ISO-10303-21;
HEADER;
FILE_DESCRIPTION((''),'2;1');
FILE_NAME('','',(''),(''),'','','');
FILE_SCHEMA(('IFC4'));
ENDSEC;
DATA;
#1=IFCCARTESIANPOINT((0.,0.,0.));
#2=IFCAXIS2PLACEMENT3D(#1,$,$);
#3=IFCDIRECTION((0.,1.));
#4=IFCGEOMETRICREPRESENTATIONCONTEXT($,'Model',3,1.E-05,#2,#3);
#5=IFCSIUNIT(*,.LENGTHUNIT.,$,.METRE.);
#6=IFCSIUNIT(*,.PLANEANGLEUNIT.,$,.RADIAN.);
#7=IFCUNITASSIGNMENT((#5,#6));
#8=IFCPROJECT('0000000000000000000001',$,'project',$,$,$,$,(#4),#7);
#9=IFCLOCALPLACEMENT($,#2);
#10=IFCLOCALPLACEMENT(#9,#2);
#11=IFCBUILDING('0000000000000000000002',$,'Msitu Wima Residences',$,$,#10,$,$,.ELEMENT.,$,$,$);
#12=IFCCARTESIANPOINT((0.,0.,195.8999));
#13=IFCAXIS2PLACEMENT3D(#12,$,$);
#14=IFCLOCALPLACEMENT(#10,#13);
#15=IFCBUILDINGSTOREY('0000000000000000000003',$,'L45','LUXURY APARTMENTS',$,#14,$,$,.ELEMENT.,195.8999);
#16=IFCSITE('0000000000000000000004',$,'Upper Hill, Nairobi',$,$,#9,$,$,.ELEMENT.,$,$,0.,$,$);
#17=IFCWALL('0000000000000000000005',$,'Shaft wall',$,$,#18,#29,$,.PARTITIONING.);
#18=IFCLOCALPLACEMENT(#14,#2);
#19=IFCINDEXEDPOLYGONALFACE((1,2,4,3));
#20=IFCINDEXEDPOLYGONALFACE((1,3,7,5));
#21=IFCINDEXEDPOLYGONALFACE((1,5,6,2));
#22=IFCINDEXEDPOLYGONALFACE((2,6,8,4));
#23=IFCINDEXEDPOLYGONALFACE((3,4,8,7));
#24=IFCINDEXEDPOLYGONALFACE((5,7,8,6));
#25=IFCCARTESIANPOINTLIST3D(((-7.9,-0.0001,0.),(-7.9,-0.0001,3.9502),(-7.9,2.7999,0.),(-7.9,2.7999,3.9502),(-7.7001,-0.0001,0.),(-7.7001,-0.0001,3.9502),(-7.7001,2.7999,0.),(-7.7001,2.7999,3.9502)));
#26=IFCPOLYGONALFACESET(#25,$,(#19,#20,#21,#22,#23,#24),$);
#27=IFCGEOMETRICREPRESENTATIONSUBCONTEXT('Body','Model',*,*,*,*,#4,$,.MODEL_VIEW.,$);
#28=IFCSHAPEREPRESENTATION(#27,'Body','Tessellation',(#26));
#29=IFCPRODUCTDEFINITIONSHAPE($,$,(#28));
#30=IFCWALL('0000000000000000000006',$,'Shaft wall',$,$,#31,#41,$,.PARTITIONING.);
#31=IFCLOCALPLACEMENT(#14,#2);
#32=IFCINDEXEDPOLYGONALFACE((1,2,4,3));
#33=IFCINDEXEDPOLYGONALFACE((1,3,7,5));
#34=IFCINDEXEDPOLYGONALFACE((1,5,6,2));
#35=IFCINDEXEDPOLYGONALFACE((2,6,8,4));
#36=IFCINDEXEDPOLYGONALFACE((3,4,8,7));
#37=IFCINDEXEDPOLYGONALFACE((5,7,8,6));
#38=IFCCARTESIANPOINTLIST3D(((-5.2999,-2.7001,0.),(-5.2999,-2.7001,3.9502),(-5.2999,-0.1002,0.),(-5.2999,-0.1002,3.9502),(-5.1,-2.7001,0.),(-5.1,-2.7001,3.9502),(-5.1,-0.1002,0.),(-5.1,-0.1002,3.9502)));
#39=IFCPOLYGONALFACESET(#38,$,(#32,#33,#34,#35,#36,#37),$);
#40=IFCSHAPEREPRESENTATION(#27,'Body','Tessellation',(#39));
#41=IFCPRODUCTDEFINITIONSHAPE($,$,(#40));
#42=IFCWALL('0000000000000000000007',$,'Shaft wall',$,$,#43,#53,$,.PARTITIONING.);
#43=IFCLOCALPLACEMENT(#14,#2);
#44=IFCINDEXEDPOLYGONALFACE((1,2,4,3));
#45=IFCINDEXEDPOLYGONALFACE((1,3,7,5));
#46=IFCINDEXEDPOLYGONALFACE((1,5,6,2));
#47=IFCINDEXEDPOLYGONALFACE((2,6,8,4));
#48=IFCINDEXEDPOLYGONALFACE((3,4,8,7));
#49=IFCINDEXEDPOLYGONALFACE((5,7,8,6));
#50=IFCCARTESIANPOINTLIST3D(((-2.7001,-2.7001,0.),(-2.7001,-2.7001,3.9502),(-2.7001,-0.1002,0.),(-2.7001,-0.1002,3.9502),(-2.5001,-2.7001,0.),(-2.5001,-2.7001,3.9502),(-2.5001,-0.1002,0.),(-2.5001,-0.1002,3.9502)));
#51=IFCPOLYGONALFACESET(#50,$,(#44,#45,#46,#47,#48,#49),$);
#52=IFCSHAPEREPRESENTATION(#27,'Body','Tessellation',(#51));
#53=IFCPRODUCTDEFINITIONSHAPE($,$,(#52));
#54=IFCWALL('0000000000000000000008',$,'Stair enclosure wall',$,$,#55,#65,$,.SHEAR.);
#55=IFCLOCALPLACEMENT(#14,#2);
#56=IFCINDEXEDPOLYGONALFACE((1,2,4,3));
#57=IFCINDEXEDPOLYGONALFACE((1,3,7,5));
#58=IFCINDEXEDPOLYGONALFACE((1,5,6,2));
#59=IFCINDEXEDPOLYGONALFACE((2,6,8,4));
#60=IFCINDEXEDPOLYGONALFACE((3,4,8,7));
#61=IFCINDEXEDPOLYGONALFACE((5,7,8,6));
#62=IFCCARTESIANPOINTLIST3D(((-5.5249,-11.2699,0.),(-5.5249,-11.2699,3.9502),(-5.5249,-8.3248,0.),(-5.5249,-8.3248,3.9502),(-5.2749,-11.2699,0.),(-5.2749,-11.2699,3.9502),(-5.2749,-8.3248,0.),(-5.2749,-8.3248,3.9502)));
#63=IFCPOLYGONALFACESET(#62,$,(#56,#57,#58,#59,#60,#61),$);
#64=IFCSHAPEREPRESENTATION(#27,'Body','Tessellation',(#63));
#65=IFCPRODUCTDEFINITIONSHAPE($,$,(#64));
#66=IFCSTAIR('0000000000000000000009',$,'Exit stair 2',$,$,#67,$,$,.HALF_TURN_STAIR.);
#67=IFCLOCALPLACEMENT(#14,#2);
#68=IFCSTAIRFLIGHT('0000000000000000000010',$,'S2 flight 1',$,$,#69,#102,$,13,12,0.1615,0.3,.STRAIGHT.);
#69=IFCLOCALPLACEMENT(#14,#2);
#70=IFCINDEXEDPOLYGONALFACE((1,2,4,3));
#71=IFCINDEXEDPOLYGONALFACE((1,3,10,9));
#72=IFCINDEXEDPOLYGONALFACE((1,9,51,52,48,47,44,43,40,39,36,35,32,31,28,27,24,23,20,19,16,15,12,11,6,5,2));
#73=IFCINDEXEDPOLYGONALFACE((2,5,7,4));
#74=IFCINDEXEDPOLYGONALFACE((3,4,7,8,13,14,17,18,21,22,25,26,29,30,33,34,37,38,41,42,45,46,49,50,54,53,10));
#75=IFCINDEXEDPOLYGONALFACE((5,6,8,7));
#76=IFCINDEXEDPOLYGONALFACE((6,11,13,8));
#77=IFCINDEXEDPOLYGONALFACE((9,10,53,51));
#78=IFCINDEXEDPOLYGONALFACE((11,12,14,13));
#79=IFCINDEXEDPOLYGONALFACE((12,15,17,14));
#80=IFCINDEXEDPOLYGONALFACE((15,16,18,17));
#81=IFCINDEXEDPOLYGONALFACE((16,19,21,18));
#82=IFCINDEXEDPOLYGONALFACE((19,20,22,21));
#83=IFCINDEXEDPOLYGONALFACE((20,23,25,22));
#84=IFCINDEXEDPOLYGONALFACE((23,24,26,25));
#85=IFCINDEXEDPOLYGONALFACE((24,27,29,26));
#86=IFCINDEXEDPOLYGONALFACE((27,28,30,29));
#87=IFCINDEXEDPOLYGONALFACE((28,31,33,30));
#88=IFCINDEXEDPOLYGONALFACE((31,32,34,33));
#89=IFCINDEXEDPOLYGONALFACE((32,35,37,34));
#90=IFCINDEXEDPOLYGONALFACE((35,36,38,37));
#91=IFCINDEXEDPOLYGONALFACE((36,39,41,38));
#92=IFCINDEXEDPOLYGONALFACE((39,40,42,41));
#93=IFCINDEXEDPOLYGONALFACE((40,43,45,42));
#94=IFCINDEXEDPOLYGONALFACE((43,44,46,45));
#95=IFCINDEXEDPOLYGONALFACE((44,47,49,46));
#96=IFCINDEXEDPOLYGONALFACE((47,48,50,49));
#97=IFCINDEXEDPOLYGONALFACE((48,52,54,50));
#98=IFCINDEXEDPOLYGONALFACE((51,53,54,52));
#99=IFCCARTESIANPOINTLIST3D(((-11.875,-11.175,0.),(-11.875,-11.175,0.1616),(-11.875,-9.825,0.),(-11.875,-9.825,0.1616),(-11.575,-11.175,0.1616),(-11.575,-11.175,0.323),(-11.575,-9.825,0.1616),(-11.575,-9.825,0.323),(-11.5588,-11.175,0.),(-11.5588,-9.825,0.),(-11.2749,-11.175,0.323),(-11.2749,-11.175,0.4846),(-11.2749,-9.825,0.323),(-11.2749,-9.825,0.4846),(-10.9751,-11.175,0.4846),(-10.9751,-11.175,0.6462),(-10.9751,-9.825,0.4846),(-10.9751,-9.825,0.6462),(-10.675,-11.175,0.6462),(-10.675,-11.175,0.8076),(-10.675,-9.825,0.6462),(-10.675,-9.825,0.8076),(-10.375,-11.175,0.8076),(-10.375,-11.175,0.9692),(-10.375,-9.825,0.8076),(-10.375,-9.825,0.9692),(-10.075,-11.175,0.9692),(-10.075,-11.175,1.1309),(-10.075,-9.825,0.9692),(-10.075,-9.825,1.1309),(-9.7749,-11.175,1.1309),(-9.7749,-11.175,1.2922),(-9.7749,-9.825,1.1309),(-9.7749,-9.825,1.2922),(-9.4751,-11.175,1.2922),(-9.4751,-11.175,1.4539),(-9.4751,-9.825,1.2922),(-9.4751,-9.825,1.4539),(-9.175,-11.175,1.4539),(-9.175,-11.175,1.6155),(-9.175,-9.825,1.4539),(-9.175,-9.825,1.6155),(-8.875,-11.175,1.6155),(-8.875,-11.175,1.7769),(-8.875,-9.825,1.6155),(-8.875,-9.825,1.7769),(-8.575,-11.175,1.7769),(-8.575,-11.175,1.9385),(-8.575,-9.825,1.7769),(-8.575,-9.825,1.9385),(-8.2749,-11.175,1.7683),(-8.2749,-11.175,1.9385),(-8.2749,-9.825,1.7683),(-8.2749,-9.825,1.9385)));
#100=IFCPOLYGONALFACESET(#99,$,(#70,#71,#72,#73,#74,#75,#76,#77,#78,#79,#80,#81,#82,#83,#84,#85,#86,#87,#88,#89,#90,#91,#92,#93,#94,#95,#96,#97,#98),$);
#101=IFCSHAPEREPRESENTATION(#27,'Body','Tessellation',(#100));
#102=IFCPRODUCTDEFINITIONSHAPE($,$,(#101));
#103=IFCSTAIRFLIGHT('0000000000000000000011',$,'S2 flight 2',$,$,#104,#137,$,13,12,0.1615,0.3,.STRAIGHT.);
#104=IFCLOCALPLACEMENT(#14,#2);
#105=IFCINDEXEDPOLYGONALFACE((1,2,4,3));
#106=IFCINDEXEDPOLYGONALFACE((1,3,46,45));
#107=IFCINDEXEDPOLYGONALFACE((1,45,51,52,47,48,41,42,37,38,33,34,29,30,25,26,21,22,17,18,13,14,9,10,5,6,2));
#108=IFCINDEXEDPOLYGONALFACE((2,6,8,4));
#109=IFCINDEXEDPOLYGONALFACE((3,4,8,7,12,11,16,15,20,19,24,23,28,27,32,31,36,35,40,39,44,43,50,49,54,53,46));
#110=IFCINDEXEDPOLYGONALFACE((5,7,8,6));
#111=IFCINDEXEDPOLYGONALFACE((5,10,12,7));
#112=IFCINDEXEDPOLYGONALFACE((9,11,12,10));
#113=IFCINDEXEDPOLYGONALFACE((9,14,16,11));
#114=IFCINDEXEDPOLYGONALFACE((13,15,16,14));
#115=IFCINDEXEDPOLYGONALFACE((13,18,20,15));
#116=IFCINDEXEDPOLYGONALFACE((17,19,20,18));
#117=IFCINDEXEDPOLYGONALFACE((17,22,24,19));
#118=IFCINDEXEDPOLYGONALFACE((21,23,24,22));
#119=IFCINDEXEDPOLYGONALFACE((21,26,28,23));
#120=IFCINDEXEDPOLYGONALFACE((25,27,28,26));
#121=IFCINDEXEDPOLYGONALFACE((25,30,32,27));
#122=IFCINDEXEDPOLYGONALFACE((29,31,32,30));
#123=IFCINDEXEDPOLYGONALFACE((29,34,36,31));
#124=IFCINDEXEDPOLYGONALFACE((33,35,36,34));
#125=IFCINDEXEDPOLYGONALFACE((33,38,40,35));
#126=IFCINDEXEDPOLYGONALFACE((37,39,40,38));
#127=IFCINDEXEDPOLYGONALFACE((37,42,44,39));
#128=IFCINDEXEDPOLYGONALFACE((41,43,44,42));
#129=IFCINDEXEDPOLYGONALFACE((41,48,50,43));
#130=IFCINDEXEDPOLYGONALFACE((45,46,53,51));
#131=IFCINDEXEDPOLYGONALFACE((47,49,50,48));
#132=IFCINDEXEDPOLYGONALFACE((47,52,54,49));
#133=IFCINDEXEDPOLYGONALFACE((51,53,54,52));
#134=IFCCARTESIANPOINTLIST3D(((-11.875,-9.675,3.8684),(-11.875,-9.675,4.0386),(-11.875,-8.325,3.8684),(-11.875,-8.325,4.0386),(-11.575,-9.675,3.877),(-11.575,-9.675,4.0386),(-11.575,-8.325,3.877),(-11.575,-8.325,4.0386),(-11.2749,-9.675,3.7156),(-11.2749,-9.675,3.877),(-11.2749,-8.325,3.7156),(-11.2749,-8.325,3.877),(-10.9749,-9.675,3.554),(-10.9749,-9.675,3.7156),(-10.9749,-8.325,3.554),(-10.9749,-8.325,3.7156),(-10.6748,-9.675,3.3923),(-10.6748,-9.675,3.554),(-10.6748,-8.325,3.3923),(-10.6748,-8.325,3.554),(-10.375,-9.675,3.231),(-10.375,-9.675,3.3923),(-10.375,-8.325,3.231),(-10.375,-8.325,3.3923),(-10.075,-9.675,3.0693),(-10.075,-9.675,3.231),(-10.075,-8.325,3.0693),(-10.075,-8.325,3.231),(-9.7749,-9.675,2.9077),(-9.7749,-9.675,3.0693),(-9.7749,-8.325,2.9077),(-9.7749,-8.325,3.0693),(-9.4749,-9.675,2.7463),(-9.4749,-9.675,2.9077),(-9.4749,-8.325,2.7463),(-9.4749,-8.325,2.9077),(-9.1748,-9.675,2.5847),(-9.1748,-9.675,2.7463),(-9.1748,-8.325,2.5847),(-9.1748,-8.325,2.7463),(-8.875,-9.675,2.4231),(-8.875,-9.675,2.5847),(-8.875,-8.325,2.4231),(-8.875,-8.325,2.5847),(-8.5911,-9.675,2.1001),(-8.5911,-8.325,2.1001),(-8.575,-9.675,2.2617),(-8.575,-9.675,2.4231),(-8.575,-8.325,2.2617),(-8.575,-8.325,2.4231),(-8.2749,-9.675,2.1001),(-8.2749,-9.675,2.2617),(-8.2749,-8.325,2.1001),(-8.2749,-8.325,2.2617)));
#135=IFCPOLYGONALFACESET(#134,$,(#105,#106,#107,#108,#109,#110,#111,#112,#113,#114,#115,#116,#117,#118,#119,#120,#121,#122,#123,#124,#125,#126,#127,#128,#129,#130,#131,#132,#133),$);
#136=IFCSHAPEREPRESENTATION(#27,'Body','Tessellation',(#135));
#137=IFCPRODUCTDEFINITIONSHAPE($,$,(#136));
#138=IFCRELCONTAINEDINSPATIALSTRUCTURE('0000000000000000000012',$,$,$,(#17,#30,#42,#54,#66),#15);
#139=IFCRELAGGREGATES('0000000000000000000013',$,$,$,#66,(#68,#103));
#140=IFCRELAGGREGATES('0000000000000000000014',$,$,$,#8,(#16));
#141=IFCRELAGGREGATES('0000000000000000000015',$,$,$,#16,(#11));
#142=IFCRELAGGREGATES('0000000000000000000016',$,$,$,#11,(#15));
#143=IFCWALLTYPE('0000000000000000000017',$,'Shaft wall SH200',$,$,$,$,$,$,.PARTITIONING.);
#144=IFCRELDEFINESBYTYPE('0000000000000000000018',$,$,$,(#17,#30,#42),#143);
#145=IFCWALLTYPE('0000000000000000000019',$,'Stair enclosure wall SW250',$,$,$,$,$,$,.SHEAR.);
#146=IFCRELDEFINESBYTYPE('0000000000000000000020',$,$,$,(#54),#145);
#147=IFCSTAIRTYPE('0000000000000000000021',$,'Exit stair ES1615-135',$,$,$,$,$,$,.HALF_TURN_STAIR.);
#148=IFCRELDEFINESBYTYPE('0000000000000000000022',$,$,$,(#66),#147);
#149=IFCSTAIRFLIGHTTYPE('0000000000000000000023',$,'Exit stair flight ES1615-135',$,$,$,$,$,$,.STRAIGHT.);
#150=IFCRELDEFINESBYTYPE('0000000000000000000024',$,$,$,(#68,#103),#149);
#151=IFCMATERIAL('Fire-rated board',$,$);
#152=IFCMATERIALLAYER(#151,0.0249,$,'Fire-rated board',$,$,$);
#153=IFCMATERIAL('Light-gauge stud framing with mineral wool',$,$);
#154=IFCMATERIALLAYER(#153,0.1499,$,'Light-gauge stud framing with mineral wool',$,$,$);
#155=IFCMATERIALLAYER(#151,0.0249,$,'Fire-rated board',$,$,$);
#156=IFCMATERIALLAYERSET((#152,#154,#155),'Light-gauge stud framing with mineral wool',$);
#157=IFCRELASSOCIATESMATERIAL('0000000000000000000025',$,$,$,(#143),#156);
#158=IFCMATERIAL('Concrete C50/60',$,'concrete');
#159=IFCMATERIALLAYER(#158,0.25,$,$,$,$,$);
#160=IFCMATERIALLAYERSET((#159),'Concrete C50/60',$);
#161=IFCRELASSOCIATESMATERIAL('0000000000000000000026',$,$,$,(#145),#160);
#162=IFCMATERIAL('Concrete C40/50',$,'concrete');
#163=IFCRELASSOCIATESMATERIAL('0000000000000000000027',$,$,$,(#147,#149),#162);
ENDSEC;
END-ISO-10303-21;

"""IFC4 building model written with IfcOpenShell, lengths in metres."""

from ifc_helpers import new_model, si_unit, direction, frame, frame_2d, origin, place, context, subcontext, project, spatial, polyline, rectangle, outline, extrude, material, layer, layer_set, type_object, element, aggregate, save


model = new_model("IFC4")

# Units and contexts
model_context = context("Model", 3, precision=1e-05, world=origin(), true_north=direction((0.0, 1.0)))
body_context = subcontext(model_context, "Body", "Model", "MODEL_VIEW")
ifc_project = project(units=[si_unit("LENGTHUNIT", "METRE"), si_unit("PLANEANGLEUNIT", "RADIAN")], contexts=[model_context])

# Site, building, storey
site_placement = place(None, origin())
site = spatial("IfcSite", under=ifc_project, at=site_placement, Name="Upper Hill, Nairobi", CompositionType="ELEMENT", RefElevation=0.0)
building_placement = place(site_placement, origin())
building = spatial("IfcBuilding", under=site, at=building_placement, Name="Msitu Wima Residences", CompositionType="ELEMENT")
storey_placement = place(building_placement, frame((0.0, 0.0, 195.8999)))
storey = spatial("IfcBuildingStorey", under=building, at=storey_placement, Name="L45", Description="LUXURY APARTMENTS", CompositionType="ELEMENT", Elevation=195.8999)

# Shared definitions
ifc_material_1 = material(Name="Concrete C40/50", Category="concrete")

# Shared definitions
ifc_material_2 = material(Name="Fire-rated board")
ifc_layer_1 = layer(ifc_material_2, 0.0249, Name="Fire-rated board")
ifc_material_3 = material(Name="Light-gauge stud framing with mineral wool")
ifc_layer_2 = layer(ifc_material_3, 0.1499, Name="Light-gauge stud framing with mineral wool")
ifc_layer_3 = layer(ifc_material_2, 0.0249, Name="Fire-rated board")
ifc_layer_set_1 = layer_set([ifc_layer_1, ifc_layer_2, ifc_layer_3], Name="Light-gauge stud framing with mineral wool")
wall_type_1 = type_object("IfcWallType", Name="Shaft wall SH200", PredefinedType="PARTITIONING", material=ifc_layer_set_1)

# Walls
for number, where, z_axis, x_axis, name in (
    (1, (-7.8, 0.0, 0.0), (0.0, 0.0, 1.0), (0.0, 1.0, 0.0), "Shaft wall"),
):
    element("IfcWall", number, at=place(storey_placement, frame(where, z_axis=z_axis, x_axis=x_axis)), inside=storey, type_object=wall_type_1, Name=name, PredefinedType="PARTITIONING", context=body_context, shape_type="SweptSolid", body=[
        extrude(rectangle(XDim=2.8, YDim=0.2, at=frame_2d((1.3999, 0.0))), origin(), (0.0, 0.0, 1.0), 3.9502),
    ])
for number, where, z_axis, x_axis, name in (
    (2, (-5.2, -2.7, 0.0), (0.0, 0.0, 1.0), (0.0, 1.0, 0.0), "Shaft wall"),
    (3, (-2.6001, -2.7, 0.0), (0.0, 0.0, 1.0), (0.0, 1.0, 0.0), "Shaft wall"),
):
    element("IfcWall", number, at=place(storey_placement, frame(where, z_axis=z_axis, x_axis=x_axis)), inside=storey, type_object=wall_type_1, Name=name, PredefinedType="PARTITIONING", context=body_context, shape_type="SweptSolid", body=[
        extrude(rectangle(XDim=2.5999, YDim=0.2, at=frame_2d((1.2998, 0.0))), origin(), (0.0, 0.0, 1.0), 3.9502),
    ])
ifc_material_4 = material(Name="Concrete C50/60", Category="concrete")
ifc_layer_4 = layer(ifc_material_4, 0.25)
ifc_layer_set_2 = layer_set([ifc_layer_4], Name="Concrete C50/60")
wall_type_2 = type_object("IfcWallType", Name="Stair enclosure wall SW250", PredefinedType="SHEAR", material=ifc_layer_set_2)
wall_1_placement = place(storey_placement, frame((-5.3999, -11.27, 0.0), z_axis=(0.0, 0.0, 1.0), x_axis=(0.0, 1.0, 0.0)))
element("IfcWall", 4, at=wall_1_placement, inside=storey, type_object=wall_type_2, Name="Stair enclosure wall", PredefinedType="SHEAR", context=body_context, shape_type="SweptSolid", body=[
    extrude(rectangle(XDim=2.9451, YDim=0.25, at=frame_2d((1.4727, 0.0))), origin(), (0.0, 0.0, 1.0), 3.9502),
])

# Stair, stair flights
stair_type = type_object("IfcStairType", Name="Exit stair ES1615-135", PredefinedType="HALF_TURN_STAIR", material=ifc_material_1)
stair_placement = place(storey_placement, origin())
stair = element("IfcStair", 5, at=stair_placement, inside=storey, type_object=stair_type, Name="Exit stair 2", PredefinedType="HALF_TURN_STAIR")
stair_flight_type = type_object("IfcStairFlightType", Name="Exit stair flight ES1615-135", PredefinedType="STRAIGHT", material=ifc_material_1)
stair_flight_1_placement = place(storey_placement, frame((-11.875, -10.5, 0.0), z_axis=(0.0, 0.0, 1.0), x_axis=(1.0, 0.0, 0.0)))
stair_flight_1 = element("IfcStairFlight", 6, at=stair_flight_1_placement, type_object=stair_flight_type, Name="S2 flight 1", NumberOfRisers=13, NumberOfTreads=12, PredefinedType="STRAIGHT", RiserHeight=0.1615, TreadLength=0.3, context=body_context, shape_type="SweptSolid", body=[
    extrude(outline(polyline([(0.0, 0.0), (0.0, 0.1616), (0.3, 0.1616), (0.3, 0.323), (0.6001, 0.323), (0.6001, 0.4846), (0.8999, 0.4846), (0.8999, 0.6462), (1.2, 0.6462), (1.2, 0.8076), (1.5, 0.8076), (1.5, 0.9692), (1.8, 0.9692), (1.8, 1.1309), (2.1001, 1.1309), (2.1001, 1.2922), (2.3999, 1.2922), (2.3999, 1.4539), (2.7, 1.4539), (2.7, 1.6155), (3.0, 1.6155), (3.0, 1.7769), (3.3, 1.7769), (3.3, 1.9385), (3.6001, 1.9385), (3.6001, 2.1001), (3.6001, 1.7683), (0.3162, 0.0), (0.0, 0.0)])), frame((0.0, 0.675, 0.0), z_axis=(0.0, -1.0, 0.0), x_axis=(1.0, 0.0, 0.0)), (0.0, 0.0, 1.0), 1.3501),
])
stair_flight_2_placement = place(storey_placement, frame((-8.2749, -9.0, 2.1001), z_axis=(0.0, 0.0, 1.0), x_axis=(-1.0, 0.0, 0.0)))
stair_flight_2 = element("IfcStairFlight", 7, at=stair_flight_2_placement, type_object=stair_flight_type, Name="S2 flight 2", NumberOfRisers=13, NumberOfTreads=12, PredefinedType="STRAIGHT", RiserHeight=0.1615, TreadLength=0.3, context=body_context, shape_type="SweptSolid", body=[
    extrude(outline(polyline([(0.0, 0.0), (0.0, 0.1616), (0.3, 0.1616), (0.3, 0.323), (0.6001, 0.323), (0.6001, 0.4846), (0.8999, 0.4846), (0.8999, 0.6462), (1.2, 0.6462), (1.2, 0.8076), (1.5, 0.8076), (1.5, 0.9692), (1.8, 0.9692), (1.8, 1.1309), (2.1001, 1.1309), (2.1001, 1.2922), (2.3999, 1.2922), (2.3999, 1.4539), (2.7, 1.4539), (2.7, 1.6155), (3.0, 1.6155), (3.0, 1.7769), (3.3, 1.7769), (3.3, 1.9385), (3.6001, 1.9385), (3.6001, 2.1001), (3.6001, 1.7683), (0.3162, 0.0), (0.0, 0.0)])), frame((0.0, 0.675, 0.0), z_axis=(0.0, -1.0, 0.0), x_axis=(1.0, 0.0, 0.0)), (0.0, 0.0, 1.0), 1.3501),
])
aggregate(stair, [stair_flight_1, stair_flight_2])

save(model, "model.ifc")
